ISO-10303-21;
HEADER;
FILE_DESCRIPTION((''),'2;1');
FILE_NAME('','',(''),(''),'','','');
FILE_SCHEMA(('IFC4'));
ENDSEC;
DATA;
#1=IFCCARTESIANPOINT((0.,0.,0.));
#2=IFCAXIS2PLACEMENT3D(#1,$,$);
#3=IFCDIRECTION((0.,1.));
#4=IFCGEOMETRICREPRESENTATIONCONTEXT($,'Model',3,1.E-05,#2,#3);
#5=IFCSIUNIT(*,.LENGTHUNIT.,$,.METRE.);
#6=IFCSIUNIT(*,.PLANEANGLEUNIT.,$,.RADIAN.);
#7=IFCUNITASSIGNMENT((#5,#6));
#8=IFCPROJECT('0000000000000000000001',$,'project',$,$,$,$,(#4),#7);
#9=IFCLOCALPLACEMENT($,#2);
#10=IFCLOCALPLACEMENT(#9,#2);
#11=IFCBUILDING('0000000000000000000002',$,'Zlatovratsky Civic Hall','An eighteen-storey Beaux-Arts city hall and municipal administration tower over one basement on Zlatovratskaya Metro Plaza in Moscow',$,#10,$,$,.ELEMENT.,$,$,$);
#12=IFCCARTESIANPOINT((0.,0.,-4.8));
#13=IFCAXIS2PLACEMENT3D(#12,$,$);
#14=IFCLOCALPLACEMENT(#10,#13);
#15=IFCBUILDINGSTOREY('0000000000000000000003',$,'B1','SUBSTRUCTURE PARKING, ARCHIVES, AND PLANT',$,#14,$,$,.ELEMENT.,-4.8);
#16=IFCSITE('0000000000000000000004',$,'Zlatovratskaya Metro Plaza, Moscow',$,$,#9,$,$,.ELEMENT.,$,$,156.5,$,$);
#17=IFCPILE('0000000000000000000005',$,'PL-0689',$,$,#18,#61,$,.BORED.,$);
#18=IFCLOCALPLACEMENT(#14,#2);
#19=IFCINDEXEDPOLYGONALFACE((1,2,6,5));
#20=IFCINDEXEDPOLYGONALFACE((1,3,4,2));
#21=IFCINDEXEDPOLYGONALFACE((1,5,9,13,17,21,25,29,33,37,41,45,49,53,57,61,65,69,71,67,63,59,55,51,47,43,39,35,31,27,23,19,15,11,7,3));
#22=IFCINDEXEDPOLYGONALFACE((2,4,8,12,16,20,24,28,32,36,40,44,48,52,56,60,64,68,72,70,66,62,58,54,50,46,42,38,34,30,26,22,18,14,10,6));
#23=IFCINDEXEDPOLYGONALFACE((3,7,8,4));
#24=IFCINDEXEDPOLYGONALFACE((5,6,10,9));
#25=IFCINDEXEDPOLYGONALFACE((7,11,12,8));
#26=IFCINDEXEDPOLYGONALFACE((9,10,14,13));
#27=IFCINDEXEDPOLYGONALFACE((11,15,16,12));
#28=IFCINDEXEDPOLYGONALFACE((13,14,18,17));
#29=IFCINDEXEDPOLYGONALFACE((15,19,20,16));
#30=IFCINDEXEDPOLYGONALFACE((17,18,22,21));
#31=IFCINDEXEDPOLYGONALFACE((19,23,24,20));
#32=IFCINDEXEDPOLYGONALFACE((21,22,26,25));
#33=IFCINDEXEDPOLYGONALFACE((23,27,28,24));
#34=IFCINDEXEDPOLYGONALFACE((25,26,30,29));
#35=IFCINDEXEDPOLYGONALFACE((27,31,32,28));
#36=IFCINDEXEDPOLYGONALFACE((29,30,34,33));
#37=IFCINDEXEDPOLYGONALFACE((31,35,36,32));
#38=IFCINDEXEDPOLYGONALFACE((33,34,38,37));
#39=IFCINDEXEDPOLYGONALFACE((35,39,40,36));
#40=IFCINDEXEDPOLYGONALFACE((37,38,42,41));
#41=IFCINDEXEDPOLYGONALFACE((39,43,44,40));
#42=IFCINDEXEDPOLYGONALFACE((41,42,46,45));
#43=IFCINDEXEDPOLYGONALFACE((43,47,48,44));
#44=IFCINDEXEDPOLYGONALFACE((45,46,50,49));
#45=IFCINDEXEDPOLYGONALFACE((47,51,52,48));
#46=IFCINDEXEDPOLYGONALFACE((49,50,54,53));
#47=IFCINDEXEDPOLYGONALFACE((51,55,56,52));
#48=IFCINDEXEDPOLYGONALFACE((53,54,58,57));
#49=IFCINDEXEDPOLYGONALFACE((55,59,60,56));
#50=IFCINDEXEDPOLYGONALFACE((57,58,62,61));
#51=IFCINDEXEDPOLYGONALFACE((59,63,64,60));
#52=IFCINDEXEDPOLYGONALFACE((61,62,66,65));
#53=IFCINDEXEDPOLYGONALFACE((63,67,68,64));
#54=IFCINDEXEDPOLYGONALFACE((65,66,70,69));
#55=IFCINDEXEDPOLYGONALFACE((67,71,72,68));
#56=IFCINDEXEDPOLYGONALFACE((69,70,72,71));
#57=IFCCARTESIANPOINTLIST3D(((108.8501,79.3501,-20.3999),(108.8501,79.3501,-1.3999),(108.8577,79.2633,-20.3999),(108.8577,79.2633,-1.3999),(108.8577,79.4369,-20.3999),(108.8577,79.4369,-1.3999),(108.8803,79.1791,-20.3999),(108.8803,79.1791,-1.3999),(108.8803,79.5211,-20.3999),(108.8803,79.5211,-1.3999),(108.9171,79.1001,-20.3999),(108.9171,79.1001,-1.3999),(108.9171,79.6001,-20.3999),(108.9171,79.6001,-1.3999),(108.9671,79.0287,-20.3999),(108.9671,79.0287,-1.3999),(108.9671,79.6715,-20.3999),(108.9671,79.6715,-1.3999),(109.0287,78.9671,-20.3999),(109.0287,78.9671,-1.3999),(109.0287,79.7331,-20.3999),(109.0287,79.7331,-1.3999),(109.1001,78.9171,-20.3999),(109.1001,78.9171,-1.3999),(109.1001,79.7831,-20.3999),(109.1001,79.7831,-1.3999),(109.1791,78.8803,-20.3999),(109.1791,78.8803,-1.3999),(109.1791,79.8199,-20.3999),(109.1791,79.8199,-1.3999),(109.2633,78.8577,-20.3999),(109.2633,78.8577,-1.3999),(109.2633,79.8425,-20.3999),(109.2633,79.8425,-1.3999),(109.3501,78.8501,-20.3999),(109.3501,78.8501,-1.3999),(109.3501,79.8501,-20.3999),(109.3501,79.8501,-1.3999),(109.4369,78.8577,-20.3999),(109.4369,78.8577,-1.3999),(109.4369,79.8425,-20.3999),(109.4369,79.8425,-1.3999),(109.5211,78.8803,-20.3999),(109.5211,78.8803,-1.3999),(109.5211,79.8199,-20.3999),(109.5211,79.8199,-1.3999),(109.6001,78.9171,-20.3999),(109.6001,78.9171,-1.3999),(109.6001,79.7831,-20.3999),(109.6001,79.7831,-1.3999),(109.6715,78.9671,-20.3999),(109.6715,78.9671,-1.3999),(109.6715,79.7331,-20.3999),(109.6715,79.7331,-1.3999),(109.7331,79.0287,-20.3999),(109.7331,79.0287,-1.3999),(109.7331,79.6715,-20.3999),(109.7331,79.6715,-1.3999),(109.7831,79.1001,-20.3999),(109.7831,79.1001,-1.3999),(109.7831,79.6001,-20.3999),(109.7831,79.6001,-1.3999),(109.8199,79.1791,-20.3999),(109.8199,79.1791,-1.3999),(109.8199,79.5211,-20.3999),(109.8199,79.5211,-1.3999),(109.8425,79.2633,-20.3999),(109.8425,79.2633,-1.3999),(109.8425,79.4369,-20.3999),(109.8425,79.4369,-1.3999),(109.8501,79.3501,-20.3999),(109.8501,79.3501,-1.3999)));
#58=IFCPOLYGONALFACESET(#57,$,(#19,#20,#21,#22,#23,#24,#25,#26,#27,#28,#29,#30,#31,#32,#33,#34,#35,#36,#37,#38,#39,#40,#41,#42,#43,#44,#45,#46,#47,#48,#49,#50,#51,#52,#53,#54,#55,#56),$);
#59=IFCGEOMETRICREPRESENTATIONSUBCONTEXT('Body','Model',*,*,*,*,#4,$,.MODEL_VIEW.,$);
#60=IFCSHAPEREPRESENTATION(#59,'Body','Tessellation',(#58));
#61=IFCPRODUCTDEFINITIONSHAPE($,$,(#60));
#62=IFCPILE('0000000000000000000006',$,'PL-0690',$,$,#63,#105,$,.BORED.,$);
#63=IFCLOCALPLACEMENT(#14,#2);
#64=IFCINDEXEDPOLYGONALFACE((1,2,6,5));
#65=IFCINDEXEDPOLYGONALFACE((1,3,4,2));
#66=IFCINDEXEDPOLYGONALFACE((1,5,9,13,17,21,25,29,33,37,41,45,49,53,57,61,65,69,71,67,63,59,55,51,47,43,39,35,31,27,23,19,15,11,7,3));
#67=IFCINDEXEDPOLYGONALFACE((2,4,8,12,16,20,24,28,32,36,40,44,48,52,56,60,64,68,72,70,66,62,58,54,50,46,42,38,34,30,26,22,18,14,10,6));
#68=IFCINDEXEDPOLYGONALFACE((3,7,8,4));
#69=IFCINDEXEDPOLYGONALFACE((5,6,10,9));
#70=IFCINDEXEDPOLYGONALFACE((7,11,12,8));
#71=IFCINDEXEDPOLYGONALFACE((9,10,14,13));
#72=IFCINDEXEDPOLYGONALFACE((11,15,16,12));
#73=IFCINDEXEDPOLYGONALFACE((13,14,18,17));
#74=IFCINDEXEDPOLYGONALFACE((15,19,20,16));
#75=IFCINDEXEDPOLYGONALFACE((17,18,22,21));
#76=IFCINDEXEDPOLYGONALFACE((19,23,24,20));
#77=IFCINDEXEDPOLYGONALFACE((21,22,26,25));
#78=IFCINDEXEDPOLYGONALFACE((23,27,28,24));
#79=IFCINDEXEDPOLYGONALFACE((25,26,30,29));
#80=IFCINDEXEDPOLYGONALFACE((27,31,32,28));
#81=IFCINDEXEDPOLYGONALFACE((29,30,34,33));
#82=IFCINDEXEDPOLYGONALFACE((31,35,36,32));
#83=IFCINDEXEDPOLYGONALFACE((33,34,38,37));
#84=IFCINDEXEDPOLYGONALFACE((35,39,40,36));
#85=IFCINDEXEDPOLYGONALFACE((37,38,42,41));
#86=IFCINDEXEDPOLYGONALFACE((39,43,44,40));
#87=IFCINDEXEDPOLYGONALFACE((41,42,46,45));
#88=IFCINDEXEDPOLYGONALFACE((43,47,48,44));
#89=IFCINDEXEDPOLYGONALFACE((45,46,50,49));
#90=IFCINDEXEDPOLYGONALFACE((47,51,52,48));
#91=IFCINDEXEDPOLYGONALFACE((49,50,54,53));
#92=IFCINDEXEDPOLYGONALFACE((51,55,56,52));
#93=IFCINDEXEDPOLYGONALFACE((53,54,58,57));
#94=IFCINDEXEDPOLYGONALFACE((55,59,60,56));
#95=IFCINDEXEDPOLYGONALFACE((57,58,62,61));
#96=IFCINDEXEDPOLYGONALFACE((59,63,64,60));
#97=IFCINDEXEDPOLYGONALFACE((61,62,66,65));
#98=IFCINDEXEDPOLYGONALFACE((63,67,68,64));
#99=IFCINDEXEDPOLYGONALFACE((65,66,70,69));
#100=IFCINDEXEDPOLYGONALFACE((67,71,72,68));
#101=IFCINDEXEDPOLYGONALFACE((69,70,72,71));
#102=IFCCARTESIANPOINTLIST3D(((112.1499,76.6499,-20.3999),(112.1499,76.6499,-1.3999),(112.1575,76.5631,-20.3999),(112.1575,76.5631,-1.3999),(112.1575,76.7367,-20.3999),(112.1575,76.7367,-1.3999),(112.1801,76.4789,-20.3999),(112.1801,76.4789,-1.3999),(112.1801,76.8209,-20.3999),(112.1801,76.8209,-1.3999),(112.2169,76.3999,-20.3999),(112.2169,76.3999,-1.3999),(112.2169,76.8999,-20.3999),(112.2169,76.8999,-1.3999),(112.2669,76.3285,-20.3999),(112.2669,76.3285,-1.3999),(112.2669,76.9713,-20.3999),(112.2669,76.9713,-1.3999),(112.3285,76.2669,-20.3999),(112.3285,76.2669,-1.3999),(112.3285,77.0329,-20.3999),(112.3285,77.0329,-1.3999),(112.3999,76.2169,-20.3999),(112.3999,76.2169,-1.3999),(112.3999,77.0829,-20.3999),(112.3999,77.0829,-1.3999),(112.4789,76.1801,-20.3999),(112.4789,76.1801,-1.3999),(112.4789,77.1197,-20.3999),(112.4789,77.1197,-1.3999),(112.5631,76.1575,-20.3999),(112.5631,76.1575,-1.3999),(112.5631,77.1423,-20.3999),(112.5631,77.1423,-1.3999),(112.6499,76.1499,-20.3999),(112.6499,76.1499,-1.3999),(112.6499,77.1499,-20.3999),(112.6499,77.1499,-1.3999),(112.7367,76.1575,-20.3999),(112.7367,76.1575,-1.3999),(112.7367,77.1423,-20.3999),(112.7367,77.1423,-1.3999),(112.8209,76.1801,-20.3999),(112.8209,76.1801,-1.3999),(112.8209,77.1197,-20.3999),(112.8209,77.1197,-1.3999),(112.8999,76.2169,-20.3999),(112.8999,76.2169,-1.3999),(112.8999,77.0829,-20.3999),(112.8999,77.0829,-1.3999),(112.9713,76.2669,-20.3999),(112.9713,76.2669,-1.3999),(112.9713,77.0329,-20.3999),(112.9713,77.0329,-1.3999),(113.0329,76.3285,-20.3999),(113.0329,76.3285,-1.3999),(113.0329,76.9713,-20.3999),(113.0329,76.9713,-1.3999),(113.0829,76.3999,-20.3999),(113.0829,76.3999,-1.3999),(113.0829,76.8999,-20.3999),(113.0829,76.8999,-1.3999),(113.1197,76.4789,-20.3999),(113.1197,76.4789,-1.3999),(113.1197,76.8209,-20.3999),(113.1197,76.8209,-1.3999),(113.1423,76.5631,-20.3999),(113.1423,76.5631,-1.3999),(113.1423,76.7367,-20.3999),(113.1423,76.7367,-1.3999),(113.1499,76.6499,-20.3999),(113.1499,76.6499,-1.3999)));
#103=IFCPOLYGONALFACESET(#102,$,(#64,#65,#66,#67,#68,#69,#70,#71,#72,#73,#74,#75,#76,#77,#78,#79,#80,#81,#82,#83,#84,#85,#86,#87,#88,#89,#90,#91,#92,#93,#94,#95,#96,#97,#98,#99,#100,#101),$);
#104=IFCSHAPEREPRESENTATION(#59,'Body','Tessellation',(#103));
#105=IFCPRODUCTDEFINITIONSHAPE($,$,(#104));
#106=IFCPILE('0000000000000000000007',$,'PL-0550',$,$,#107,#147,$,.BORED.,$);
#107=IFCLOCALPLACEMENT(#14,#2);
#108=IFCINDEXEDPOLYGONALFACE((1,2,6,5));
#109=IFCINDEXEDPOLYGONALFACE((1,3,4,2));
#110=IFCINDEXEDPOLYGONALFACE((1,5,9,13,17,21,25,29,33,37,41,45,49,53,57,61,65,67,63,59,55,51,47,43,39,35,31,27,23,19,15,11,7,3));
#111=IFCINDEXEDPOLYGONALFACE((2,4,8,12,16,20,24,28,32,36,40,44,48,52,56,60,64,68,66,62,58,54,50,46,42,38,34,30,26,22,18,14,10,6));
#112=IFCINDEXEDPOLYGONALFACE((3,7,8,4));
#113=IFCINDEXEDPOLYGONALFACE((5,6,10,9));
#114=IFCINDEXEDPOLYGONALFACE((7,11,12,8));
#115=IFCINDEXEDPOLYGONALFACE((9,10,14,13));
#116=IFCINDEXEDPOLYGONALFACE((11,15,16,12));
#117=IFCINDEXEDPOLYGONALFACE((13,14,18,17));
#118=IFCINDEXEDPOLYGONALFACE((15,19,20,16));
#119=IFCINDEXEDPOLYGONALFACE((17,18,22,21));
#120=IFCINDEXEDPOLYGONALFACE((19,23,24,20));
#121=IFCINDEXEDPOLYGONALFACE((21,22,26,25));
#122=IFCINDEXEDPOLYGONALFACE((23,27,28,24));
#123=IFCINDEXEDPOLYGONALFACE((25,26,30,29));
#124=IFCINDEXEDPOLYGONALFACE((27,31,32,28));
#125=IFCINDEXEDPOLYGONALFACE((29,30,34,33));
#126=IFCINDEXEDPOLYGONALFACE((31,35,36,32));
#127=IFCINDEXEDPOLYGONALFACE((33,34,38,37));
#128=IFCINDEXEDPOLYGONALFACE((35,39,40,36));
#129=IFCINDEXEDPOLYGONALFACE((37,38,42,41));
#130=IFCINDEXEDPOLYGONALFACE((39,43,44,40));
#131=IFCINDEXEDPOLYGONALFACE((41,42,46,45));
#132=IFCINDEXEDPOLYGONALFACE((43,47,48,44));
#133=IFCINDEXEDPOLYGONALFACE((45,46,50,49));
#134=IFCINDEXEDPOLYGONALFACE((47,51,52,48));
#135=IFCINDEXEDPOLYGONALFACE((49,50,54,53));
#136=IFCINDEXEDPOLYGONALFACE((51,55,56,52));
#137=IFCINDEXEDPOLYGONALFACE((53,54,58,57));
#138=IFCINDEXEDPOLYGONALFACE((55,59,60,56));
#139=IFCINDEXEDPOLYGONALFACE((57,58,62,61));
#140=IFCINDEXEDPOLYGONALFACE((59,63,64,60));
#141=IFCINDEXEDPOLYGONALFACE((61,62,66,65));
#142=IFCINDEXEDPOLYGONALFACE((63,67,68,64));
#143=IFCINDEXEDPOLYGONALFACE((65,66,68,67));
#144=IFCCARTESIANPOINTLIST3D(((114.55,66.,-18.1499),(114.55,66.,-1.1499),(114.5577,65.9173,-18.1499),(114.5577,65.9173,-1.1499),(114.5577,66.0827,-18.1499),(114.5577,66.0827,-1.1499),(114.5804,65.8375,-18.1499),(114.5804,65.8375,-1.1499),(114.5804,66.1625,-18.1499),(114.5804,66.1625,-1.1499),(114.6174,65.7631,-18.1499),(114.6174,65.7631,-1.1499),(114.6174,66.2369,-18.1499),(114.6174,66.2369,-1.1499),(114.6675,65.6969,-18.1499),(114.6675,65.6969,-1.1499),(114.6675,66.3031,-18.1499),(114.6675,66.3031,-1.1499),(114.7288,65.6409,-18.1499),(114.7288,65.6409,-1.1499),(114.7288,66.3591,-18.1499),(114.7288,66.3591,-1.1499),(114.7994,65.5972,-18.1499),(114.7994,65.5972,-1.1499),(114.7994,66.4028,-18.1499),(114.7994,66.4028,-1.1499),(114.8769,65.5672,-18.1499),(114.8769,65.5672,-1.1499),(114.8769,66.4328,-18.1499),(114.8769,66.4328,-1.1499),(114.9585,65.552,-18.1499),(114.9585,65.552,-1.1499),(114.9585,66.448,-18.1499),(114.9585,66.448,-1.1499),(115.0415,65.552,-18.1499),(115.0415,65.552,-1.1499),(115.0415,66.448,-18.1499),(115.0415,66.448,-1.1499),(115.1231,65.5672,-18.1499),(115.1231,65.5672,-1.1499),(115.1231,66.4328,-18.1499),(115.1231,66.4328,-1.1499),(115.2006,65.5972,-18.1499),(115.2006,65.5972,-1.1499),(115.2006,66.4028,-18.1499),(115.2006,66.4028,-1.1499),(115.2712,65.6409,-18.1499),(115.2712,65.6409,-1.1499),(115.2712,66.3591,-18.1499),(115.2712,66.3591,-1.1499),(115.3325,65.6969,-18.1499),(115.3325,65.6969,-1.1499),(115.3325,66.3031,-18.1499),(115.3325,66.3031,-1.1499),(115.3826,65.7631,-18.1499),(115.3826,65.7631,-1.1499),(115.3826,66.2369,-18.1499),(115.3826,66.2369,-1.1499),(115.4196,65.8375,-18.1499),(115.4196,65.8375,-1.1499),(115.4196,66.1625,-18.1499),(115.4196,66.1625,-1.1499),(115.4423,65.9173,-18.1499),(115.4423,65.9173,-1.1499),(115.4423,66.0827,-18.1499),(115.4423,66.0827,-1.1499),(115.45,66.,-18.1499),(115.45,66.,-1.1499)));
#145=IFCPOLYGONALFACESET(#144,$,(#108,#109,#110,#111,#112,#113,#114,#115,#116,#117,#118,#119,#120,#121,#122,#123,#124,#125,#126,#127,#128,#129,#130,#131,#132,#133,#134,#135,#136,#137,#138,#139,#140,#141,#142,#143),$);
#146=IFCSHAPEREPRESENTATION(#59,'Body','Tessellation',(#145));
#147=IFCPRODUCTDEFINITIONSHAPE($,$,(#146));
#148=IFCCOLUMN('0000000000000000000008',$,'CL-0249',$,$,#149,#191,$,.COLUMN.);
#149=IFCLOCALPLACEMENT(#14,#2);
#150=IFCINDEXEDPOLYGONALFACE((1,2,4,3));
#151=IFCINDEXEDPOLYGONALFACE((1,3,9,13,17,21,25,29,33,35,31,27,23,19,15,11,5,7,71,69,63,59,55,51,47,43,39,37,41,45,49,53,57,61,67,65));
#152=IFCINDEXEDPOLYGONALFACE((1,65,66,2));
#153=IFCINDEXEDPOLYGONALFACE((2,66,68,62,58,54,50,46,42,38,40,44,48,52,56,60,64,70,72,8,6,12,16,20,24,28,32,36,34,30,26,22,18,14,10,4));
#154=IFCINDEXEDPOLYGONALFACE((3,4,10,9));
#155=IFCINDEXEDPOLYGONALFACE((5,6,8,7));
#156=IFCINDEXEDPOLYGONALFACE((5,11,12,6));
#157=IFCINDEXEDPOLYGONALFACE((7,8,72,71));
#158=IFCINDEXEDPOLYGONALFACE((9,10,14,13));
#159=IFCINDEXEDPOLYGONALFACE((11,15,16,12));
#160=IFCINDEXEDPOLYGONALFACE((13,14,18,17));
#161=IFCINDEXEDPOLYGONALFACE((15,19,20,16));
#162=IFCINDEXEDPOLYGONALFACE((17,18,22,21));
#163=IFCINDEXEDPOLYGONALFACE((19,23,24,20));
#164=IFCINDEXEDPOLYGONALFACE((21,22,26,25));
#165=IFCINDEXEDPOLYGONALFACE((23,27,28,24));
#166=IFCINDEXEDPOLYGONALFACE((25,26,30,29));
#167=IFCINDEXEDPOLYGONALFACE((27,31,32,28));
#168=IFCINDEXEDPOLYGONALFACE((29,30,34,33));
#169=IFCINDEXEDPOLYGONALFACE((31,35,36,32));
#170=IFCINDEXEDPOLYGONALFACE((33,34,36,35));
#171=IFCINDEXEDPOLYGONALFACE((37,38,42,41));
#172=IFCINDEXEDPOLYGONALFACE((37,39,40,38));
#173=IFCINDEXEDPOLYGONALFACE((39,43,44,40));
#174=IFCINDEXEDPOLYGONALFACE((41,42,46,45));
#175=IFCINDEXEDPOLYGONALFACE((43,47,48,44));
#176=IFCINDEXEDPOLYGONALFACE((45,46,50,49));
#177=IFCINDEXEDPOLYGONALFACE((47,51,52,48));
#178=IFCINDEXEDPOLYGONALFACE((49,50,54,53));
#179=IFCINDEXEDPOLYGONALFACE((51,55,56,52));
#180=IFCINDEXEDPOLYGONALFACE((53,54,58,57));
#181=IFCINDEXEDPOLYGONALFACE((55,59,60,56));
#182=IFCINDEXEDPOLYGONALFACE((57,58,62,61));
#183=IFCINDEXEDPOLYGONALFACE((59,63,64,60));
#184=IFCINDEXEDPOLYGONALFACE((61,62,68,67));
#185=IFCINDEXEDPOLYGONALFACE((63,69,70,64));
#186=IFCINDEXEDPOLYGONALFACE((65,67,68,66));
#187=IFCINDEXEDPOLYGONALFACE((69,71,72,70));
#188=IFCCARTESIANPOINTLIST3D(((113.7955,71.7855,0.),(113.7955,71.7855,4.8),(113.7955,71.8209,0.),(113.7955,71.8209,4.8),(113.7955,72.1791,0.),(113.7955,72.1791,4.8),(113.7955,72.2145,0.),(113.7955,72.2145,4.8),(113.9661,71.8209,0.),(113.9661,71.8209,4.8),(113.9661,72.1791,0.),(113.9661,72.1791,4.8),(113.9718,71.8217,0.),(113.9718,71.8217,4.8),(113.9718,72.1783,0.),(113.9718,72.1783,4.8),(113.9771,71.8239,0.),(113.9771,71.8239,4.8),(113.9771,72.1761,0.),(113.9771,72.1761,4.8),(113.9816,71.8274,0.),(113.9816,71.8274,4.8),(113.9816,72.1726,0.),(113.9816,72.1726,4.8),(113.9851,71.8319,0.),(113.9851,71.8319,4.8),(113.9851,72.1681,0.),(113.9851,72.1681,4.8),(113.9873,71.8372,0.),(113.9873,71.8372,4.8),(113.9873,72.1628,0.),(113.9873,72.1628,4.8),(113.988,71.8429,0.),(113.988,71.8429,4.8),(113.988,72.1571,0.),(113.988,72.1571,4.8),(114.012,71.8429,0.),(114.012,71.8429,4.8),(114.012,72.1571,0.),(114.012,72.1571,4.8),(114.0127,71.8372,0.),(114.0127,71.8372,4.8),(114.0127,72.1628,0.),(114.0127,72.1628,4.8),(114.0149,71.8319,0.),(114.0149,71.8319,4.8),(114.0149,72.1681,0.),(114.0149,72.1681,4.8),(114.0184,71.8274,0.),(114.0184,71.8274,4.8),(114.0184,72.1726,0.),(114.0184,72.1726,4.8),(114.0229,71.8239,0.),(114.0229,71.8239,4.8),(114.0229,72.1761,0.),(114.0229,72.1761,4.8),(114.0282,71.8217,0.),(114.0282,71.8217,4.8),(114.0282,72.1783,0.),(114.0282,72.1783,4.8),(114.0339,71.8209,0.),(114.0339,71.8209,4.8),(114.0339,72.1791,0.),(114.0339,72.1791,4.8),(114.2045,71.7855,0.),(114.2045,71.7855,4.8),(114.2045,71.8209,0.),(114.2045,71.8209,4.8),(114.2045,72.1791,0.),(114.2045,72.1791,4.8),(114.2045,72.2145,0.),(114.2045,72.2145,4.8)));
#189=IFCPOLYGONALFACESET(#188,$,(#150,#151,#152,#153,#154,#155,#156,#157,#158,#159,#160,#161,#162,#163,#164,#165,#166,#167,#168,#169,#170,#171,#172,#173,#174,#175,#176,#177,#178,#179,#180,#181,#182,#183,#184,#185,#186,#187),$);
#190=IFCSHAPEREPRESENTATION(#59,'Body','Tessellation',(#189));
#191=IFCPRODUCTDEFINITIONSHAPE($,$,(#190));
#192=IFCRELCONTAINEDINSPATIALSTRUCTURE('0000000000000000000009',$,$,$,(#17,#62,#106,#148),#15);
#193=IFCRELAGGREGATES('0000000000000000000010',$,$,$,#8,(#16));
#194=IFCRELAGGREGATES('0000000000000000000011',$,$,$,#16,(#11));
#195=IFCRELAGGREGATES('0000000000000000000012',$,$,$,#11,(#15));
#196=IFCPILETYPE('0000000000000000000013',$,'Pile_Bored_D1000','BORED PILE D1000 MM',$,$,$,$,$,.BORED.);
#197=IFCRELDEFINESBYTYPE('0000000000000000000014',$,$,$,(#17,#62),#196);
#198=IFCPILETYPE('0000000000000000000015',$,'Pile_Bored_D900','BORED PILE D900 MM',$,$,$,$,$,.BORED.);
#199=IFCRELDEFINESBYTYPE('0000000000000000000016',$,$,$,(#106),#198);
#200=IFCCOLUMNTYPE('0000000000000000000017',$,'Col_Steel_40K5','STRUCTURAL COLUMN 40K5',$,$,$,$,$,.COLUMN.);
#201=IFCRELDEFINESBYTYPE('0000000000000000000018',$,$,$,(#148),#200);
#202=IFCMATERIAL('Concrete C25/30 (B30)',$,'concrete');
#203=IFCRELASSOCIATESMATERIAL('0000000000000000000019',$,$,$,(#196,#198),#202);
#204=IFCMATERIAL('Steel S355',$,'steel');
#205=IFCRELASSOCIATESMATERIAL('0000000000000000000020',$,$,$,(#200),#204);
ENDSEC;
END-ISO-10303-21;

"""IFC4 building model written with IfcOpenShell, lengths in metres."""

from ifc_helpers import new_model, si_unit, direction, frame, origin, origin_2d, place, context, subcontext, project, spatial, circle, i_section, extrude, material, material_profile, profile_set, type_object, element, save


model = new_model("IFC4")

# Units and contexts
model_context = context("Model", 3, precision=1e-05, world=origin(), true_north=direction((0.0, 1.0)))
body_context = subcontext(model_context, "Body", "Model", "MODEL_VIEW")
ifc_project = project(units=[si_unit("LENGTHUNIT", "METRE"), si_unit("PLANEANGLEUNIT", "RADIAN")], contexts=[model_context])

# Site, building, storey
site_placement = place(None, origin())
site = spatial("IfcSite", under=ifc_project, at=site_placement, Name="Zlatovratskaya Metro Plaza, Moscow", CompositionType="ELEMENT", RefElevation=156.5)
building_placement = place(site_placement, origin())
building = spatial("IfcBuilding", under=site, at=building_placement, Name="Zlatovratsky Civic Hall", Description="An eighteen-storey Beaux-Arts city hall and municipal administration tower over one basement on Zlatovratskaya Metro Plaza in Moscow", CompositionType="ELEMENT")
storey_placement = place(building_placement, frame((0.0, 0.0, -4.8)))
storey = spatial("IfcBuildingStorey", under=building, at=storey_placement, Name="B1", Description="SUBSTRUCTURE PARKING, ARCHIVES, AND PLANT", CompositionType="ELEMENT", Elevation=-4.8)

# Shared definitions
ifc_material_1 = material(Name="Concrete C25/30 (B30)", Category="concrete")

# Piles
ifc_material_profile_1 = material_profile(ifc_material_1, circle(Radius=0.5, at=origin_2d()), Name="PILE D1000")
ifc_profile_set_1 = profile_set([ifc_material_profile_1], Name="Concrete C25/30 (B30)")
pile_type_1 = type_object("IfcPileType", Name="Pile_Bored_D1000", Description="BORED PILE D1000 MM", PredefinedType="BORED", material=ifc_profile_set_1)
for number, where, z_axis, x_axis, name in (
    (1, (109.3501, 79.3501, -1.3999), (0.0, 0.0, -1.0), (1.0, 0.0, 0.0), "PL-0689"),
    (2, (112.6499, 76.6499, -1.3999), (0.0, 0.0, -1.0), (1.0, 0.0, 0.0), "PL-0690"),
):
    element("IfcPile", number, at=place(storey_placement, frame(where, z_axis=z_axis, x_axis=x_axis)), inside=storey, type_object=pile_type_1, Name=name, PredefinedType="BORED", context=body_context, shape_type="SweptSolid", body=[
        extrude(circle(Radius=0.5, at=origin_2d()), origin(), (0.0, 0.0, 1.0), 19.0),
    ])
ifc_material_profile_2 = material_profile(ifc_material_1, circle(Radius=0.45, at=origin_2d()), Name="PILE D900")
ifc_profile_set_2 = profile_set([ifc_material_profile_2], Name="Concrete C25/30 (B30)")
pile_type_2 = type_object("IfcPileType", Name="Pile_Bored_D900", Description="BORED PILE D900 MM", PredefinedType="BORED", material=ifc_profile_set_2)
pile_placement = place(storey_placement, frame((115.0, 66.0, -1.1499), z_axis=(0.0, 0.0, -1.0), x_axis=(1.0, 0.0, 0.0)))
element("IfcPile", 3, at=pile_placement, inside=storey, type_object=pile_type_2, Name="PL-0550", PredefinedType="BORED", context=body_context, shape_type="SweptSolid", body=[
    extrude(circle(Radius=0.45, at=origin_2d()), origin(), (0.0, 0.0, 1.0), 17.0),
])

# Column
ifc_material_2 = material(Name="Steel S355", Category="steel")
ifc_material_profile_3 = material_profile(ifc_material_2, i_section(OverallWidth=0.4089, OverallDepth=0.429, WebThickness=0.0239, FlangeThickness=0.0354, FilletRadius=0.022, at=origin_2d()), Name="40K5")
ifc_profile_set_3 = profile_set([ifc_material_profile_3], Name="Steel S355")
column_type = type_object("IfcColumnType", Name="Col_Steel_40K5", Description="STRUCTURAL COLUMN 40K5", PredefinedType="COLUMN", material=ifc_profile_set_3)
for number, where, z_axis, x_axis, name in (
    (4, (114.0, 72.0, 0.0), (0.0, 0.0, 1.0), (1.0, 0.0, 0.0), "CL-0249"),
):
    element("IfcColumn", number, at=place(storey_placement, frame(where, z_axis=z_axis, x_axis=x_axis)), inside=storey, type_object=column_type, Name=name, PredefinedType="COLUMN", context=body_context, shape_type="SweptSolid", body=[
        extrude(i_section(OverallWidth=0.4089, OverallDepth=0.429, WebThickness=0.0239, FlangeThickness=0.0354, FilletRadius=0.022, at=origin_2d()), origin(), (0.0, 0.0, 1.0), 4.8),
    ])

save(model, "model.ifc")
